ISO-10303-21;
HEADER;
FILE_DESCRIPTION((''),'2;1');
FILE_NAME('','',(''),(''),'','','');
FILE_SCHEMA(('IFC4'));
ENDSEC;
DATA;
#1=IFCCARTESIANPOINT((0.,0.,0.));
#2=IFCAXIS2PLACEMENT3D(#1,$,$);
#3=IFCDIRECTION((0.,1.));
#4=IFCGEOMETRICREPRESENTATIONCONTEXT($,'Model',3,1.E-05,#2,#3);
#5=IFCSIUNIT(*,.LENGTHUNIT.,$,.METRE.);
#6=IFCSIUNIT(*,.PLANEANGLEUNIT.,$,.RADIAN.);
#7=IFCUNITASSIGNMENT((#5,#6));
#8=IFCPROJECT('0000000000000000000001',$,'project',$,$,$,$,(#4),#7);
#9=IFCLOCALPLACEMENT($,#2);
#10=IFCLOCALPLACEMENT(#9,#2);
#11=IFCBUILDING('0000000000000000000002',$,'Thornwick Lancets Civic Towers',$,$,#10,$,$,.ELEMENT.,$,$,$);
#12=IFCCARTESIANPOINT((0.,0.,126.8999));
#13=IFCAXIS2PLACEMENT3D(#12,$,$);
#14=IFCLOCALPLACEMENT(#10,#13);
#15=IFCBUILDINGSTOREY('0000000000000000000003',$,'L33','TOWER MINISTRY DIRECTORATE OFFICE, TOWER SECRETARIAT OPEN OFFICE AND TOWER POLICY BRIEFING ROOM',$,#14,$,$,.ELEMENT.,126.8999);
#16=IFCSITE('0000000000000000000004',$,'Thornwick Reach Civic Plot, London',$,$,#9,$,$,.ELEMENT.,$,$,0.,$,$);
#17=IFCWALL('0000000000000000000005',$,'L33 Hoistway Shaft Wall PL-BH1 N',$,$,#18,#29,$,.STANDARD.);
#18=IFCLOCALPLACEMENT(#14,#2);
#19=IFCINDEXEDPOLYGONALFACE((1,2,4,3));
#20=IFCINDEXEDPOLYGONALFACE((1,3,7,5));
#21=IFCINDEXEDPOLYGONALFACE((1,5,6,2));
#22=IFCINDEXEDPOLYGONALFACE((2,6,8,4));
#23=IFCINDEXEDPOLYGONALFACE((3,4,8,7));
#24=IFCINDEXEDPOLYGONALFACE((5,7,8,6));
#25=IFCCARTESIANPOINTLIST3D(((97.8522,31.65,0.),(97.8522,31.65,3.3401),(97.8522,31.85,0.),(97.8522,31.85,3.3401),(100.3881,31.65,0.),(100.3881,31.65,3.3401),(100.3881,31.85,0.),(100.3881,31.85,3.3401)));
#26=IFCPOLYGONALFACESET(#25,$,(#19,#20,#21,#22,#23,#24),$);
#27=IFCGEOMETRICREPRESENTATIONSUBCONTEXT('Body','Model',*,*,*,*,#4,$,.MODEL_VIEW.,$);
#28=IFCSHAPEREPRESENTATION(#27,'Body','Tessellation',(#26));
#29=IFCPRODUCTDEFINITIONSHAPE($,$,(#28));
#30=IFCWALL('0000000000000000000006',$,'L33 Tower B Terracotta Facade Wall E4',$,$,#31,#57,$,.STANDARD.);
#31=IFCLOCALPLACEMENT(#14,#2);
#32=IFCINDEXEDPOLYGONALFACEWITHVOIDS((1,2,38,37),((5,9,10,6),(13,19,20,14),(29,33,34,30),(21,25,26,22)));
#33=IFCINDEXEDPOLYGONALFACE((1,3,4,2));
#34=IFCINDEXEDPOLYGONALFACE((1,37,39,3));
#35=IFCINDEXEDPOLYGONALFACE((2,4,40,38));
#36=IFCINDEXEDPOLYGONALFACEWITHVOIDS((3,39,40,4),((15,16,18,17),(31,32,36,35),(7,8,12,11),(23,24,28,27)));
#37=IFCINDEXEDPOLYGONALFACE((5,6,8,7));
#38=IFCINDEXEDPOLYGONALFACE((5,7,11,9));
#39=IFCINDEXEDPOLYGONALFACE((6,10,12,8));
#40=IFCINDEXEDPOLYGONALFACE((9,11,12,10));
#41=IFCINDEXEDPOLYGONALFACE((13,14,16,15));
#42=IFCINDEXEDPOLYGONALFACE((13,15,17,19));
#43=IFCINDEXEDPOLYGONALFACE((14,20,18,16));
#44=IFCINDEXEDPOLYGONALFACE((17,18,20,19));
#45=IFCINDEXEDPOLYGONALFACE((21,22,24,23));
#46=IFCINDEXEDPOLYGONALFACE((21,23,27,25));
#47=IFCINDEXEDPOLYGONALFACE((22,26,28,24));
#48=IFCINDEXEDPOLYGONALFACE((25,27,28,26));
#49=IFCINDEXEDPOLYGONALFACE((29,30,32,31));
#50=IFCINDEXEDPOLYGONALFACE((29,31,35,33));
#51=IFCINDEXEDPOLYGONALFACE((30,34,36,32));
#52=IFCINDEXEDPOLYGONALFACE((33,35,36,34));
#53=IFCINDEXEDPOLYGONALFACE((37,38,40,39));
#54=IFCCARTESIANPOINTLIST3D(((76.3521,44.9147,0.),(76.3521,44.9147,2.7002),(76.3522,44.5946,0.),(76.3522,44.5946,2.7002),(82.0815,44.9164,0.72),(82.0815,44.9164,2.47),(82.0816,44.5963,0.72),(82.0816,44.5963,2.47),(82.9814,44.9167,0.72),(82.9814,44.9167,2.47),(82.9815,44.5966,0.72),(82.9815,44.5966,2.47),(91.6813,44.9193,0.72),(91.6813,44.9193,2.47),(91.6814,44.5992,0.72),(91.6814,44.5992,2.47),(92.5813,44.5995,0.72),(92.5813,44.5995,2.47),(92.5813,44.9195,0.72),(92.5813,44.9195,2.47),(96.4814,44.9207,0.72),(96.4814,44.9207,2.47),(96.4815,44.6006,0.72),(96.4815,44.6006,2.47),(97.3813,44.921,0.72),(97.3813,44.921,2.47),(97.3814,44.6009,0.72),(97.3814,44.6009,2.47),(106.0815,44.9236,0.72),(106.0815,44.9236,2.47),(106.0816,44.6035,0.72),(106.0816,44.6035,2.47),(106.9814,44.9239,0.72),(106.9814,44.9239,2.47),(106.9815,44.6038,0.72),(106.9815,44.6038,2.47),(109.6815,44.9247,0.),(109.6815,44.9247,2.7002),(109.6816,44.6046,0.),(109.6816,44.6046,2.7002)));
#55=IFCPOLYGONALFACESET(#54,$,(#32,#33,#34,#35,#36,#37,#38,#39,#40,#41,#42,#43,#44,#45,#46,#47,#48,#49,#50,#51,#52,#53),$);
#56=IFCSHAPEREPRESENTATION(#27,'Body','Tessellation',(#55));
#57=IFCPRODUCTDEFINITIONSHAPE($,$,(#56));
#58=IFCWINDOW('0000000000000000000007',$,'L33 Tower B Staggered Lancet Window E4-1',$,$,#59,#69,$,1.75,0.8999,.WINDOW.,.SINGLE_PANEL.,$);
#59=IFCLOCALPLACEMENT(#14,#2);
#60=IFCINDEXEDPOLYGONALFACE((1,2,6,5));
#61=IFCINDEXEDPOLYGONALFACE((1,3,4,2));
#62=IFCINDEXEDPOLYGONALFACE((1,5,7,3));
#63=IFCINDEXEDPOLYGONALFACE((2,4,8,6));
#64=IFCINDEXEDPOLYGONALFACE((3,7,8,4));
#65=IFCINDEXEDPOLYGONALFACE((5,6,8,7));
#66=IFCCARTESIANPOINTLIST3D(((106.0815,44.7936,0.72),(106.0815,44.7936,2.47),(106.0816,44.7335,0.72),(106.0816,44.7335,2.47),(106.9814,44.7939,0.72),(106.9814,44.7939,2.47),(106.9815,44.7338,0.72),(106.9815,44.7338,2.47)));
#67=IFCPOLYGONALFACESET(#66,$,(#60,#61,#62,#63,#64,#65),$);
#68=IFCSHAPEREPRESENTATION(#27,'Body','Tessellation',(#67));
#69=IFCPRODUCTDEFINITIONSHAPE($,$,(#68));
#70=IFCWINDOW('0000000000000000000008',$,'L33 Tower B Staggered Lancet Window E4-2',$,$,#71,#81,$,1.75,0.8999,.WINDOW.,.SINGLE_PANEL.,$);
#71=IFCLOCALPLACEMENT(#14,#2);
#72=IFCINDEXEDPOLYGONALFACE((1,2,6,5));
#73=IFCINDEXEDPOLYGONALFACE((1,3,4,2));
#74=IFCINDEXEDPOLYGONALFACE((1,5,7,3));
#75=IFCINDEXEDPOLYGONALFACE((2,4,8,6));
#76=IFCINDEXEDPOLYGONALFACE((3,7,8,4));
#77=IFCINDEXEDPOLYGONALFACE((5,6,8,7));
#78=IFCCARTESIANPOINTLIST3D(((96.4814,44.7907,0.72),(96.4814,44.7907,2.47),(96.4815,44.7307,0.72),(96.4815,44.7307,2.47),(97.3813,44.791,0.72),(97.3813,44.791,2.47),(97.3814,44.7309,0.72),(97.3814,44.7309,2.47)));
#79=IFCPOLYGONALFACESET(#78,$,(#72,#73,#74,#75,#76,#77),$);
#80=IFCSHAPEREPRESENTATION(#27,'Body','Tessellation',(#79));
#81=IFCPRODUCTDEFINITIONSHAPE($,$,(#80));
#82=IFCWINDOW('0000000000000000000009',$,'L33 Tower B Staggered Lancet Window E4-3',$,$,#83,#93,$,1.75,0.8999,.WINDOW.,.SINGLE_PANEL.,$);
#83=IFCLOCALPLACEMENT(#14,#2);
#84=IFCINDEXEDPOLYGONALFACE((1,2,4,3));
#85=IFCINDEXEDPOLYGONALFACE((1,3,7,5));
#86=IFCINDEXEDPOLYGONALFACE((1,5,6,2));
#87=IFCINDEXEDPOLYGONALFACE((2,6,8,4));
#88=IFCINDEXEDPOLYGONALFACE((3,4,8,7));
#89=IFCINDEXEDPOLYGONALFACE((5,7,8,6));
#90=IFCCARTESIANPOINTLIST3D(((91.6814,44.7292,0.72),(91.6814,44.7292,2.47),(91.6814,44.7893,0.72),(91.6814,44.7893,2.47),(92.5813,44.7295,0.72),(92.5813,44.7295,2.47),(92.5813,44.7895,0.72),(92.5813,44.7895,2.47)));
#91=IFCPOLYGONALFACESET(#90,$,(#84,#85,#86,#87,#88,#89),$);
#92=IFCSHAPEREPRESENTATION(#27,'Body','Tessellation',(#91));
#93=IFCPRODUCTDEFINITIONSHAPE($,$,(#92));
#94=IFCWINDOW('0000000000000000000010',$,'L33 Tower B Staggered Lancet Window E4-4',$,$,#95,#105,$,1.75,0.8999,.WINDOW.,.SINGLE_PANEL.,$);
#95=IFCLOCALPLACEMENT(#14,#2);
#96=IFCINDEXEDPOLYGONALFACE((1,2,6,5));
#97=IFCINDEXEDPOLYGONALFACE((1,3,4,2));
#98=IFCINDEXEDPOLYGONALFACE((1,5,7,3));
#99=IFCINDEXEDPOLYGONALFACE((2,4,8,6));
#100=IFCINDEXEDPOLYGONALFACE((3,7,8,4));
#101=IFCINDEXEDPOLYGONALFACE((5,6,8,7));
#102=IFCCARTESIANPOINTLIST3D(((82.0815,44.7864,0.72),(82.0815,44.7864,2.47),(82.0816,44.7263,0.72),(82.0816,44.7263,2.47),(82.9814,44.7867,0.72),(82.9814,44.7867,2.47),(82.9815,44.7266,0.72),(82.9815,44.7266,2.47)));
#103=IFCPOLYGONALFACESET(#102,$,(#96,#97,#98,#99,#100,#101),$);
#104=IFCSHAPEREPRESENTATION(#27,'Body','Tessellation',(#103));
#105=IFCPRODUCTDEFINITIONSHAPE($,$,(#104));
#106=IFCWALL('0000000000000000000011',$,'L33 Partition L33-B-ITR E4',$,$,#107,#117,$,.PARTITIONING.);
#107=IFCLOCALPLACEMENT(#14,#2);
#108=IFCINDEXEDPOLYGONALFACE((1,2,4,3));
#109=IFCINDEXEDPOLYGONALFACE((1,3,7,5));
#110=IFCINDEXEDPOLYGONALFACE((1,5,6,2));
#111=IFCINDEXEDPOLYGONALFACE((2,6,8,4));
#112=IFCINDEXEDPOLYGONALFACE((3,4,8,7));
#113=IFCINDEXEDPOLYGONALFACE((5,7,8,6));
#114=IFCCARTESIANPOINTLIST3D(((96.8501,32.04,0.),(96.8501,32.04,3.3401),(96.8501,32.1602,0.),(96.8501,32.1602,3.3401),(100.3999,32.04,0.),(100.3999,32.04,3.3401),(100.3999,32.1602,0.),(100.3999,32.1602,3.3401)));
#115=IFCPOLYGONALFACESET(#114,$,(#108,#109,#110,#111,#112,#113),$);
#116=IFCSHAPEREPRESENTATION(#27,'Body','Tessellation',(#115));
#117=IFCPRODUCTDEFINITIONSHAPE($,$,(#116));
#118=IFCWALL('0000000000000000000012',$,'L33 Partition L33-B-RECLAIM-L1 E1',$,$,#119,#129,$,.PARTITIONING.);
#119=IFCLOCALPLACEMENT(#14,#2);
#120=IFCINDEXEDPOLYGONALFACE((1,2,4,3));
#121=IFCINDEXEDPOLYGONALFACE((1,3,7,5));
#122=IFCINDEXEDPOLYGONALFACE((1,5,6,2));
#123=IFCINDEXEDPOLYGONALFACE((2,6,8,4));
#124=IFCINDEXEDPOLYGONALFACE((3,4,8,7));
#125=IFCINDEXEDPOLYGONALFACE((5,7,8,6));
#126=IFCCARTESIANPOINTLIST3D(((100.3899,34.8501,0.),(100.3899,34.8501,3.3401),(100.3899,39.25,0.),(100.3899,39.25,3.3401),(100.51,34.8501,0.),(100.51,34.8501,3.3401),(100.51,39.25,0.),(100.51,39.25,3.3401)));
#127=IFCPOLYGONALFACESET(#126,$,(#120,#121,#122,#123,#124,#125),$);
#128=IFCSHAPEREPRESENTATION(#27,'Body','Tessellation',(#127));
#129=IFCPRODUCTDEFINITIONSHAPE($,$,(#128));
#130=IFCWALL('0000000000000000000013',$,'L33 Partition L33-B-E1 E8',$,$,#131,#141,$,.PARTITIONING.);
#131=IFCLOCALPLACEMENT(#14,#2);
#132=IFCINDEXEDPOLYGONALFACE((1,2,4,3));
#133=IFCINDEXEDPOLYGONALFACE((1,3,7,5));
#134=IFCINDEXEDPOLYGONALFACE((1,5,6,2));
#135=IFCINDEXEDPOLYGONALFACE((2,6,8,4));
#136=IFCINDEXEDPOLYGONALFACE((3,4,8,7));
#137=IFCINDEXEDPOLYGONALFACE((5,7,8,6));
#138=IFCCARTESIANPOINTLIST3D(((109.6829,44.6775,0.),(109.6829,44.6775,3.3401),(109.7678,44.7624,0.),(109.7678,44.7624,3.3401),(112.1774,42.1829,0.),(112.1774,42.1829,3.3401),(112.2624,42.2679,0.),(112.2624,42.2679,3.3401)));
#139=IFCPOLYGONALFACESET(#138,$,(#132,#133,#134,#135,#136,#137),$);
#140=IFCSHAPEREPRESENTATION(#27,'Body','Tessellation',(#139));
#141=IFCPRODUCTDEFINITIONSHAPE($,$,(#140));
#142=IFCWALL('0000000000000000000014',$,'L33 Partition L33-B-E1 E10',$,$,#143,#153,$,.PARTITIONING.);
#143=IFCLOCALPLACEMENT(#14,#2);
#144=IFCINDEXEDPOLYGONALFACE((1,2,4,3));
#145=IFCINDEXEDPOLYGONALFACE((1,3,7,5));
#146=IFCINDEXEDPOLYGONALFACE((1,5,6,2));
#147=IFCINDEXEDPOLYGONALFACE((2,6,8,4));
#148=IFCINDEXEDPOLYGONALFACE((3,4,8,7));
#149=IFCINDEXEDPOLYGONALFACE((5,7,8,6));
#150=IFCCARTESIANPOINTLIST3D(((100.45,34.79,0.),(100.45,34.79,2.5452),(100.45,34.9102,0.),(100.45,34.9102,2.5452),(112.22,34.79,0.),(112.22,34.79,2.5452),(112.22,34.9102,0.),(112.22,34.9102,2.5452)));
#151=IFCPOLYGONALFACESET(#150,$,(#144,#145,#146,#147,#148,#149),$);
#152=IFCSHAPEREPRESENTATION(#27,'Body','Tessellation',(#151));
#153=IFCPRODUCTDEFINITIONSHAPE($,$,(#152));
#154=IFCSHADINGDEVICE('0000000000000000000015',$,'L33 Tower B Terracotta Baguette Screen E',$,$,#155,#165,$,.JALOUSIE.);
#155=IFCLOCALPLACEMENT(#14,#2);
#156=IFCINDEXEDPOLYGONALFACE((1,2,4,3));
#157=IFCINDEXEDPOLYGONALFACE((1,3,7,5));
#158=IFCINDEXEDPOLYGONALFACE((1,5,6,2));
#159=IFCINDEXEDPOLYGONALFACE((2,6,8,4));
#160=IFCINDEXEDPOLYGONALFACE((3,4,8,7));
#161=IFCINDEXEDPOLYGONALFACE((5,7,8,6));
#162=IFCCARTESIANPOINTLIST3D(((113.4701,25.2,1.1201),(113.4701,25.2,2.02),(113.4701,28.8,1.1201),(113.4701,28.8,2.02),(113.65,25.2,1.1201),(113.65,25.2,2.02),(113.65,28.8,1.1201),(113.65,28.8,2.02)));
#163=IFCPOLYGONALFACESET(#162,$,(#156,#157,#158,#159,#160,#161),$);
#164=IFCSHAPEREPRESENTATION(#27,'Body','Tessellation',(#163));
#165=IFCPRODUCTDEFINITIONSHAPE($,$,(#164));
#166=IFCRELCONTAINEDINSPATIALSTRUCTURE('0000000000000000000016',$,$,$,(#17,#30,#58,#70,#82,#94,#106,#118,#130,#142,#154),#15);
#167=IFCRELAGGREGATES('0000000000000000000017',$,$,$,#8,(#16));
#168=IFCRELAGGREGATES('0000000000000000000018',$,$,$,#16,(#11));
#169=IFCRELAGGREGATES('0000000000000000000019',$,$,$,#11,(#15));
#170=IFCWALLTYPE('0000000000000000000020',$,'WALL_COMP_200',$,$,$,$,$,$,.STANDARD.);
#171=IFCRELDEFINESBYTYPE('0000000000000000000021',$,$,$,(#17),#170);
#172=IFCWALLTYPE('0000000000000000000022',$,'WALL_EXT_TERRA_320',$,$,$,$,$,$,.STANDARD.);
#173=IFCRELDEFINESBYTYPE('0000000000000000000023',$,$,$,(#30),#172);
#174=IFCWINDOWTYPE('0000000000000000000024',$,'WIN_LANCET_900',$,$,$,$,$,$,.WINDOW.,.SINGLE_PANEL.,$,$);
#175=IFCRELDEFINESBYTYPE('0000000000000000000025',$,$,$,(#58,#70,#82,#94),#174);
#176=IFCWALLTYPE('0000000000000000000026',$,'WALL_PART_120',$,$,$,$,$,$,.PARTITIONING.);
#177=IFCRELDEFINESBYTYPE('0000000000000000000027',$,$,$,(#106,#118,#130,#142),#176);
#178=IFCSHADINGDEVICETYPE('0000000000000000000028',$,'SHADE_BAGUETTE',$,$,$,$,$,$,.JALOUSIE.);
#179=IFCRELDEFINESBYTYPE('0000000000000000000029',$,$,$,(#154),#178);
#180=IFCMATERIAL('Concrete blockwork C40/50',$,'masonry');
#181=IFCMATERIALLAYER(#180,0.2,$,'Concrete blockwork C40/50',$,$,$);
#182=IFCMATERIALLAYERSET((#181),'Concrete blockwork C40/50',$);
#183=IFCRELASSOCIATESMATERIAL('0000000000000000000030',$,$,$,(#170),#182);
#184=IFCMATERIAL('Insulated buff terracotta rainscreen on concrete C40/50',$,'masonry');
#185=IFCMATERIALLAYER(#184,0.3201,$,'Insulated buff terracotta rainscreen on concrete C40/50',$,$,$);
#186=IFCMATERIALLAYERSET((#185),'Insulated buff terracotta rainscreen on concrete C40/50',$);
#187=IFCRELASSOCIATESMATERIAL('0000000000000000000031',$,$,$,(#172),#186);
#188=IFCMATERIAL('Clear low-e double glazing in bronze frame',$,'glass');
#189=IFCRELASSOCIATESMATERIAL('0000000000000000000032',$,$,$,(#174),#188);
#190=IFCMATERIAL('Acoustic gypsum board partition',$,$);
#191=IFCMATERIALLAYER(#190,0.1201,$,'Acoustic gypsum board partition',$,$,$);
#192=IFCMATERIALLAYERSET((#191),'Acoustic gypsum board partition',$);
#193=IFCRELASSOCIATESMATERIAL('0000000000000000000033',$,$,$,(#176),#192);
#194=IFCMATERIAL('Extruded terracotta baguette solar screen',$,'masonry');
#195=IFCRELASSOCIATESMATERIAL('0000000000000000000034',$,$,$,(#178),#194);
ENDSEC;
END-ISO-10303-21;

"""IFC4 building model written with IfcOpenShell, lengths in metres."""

from ifc_helpers import new_model, si_unit, direction, frame, frame_2d, origin, origin_2d, place, context, subcontext, project, spatial, rectangle, extrude, material, layer, layer_set, type_object, element, fill, save


model = new_model("IFC4")

# Units and contexts
model_context = context("Model", 3, precision=1e-05, world=origin(), true_north=direction((0.0, 1.0)))
body_context = subcontext(model_context, "Body", "Model", "MODEL_VIEW")
ifc_project = project(units=[si_unit("LENGTHUNIT", "METRE"), si_unit("PLANEANGLEUNIT", "RADIAN")], contexts=[model_context])

# Site, building, storey
site_placement = place(None, origin())
site = spatial("IfcSite", under=ifc_project, at=site_placement, Name="Thornwick Reach Civic Plot, London", CompositionType="ELEMENT", RefElevation=0.0)
building_placement = place(site_placement, origin())
building = spatial("IfcBuilding", under=site, at=building_placement, Name="Thornwick Lancets Civic Towers", CompositionType="ELEMENT")
storey_placement = place(building_placement, frame((0.0, 0.0, 126.8999)))
storey = spatial("IfcBuildingStorey", under=building, at=storey_placement, Name="L33", Description="TOWER MINISTRY DIRECTORATE OFFICE, TOWER SECRETARIAT OPEN OFFICE AND TOWER POLICY BRIEFING ROOM", CompositionType="ELEMENT", Elevation=126.8999)

# Shared definitions
ifc_material_1 = material(Name="Concrete blockwork C40/50", Category="masonry")
ifc_layer_1 = layer(ifc_material_1, 0.2, Name="Concrete blockwork C40/50")
ifc_layer_set_1 = layer_set([ifc_layer_1], Name="Concrete blockwork C40/50")
wall_type_1 = type_object("IfcWallType", Name="WALL_COMP_200", PredefinedType="STANDARD", material=ifc_layer_set_1)

# Wall
wall_1_placement = place(storey_placement, frame((97.8521, 31.75, 0.0), z_axis=(0.0, 0.0, 1.0), x_axis=(1.0, 0.0, 0.0)))
element("IfcWall", 1, at=wall_1_placement, inside=storey, type_object=wall_type_1, Name="L33 Hoistway Shaft Wall PL-BH1 N", PredefinedType="STANDARD", context=body_context, shape_type="SweptSolid", body=[
    extrude(rectangle(XDim=2.5359, YDim=0.2, at=frame_2d((1.2681, 0.0))), origin(), (0.0, 0.0, 1.0), 3.3401),
])

# Wall, openings, windows
ifc_material_2 = material(Name="Insulated buff terracotta rainscreen on concrete C40/50", Category="masonry")
ifc_layer_2 = layer(ifc_material_2, 0.3201, Name="Insulated buff terracotta rainscreen on concrete C40/50")
ifc_layer_set_2 = layer_set([ifc_layer_2], Name="Insulated buff terracotta rainscreen on concrete C40/50")
wall_type_2 = type_object("IfcWallType", Name="WALL_EXT_TERRA_320", PredefinedType="STANDARD", material=ifc_layer_set_2)
wall_2_placement = place(storey_placement, frame((109.6814, 44.7646, 0.0), z_axis=(0.0, 0.0, 1.0), x_axis=(-1.0, -0.0003, 0.0)))
wall_2 = element("IfcWall", 2, at=wall_2_placement, inside=storey, type_object=wall_type_2, Name="L33 Tower B Terracotta Facade Wall E4", PredefinedType="STANDARD", context=body_context, shape_type="SweptSolid", body=[
    extrude(rectangle(XDim=33.3293, YDim=0.3201, at=frame_2d((16.6646, 0.0))), origin(), (0.0, 0.0, 1.0), 2.7002),
])
opening_1_placement = place(wall_2_placement, frame((2.7, 0.0, 0.72)))
opening_1 = element("IfcOpeningElement", 3, at=opening_1_placement, cuts=wall_2, PredefinedType="OPENING", context=body_context, shape_type="SweptSolid", body=[
    extrude(rectangle(XDim=0.8999, YDim=1.75, at=frame_2d((0.45, 0.875))), frame((0.0, 0.1699, 0.0), z_axis=(0.0, -1.0, 0.0), x_axis=(1.0, 0.0, 0.0)), (0.0, 0.0, 1.0), 0.3401),
])
opening_2_placement = place(wall_2_placement, frame((12.3, 0.0, 0.72)))
opening_2 = element("IfcOpeningElement", 4, at=opening_2_placement, cuts=wall_2, PredefinedType="OPENING", context=body_context, shape_type="SweptSolid", body=[
    extrude(rectangle(XDim=0.8999, YDim=1.75, at=frame_2d((0.45, 0.875))), frame((0.0, 0.1699, 0.0), z_axis=(0.0, -1.0, 0.0), x_axis=(1.0, 0.0, 0.0)), (0.0, 0.0, 1.0), 0.3401),
])
opening_3_placement = place(wall_2_placement, frame((17.1001, 0.0, 0.72)))
opening_3 = element("IfcOpeningElement", 5, at=opening_3_placement, cuts=wall_2, PredefinedType="OPENING", context=body_context, shape_type="SweptSolid", body=[
    extrude(rectangle(XDim=0.8999, YDim=1.75, at=frame_2d((0.45, 0.875))), frame((0.0, 0.1699, 0.0), z_axis=(0.0, -1.0, 0.0), x_axis=(1.0, 0.0, 0.0)), (0.0, 0.0, 1.0), 0.3401),
])
opening_4_placement = place(wall_2_placement, frame((26.7, 0.0, 0.72)))
opening_4 = element("IfcOpeningElement", 6, at=opening_4_placement, cuts=wall_2, PredefinedType="OPENING", context=body_context, shape_type="SweptSolid", body=[
    extrude(rectangle(XDim=0.8999, YDim=1.75, at=frame_2d((0.45, 0.875))), frame((0.0, 0.1699, 0.0), z_axis=(0.0, -1.0, 0.0), x_axis=(1.0, 0.0, 0.0)), (0.0, 0.0, 1.0), 0.3401),
])
ifc_material_3 = material(Name="Clear low-e double glazing in bronze frame", Category="glass")
window_type = type_object("IfcWindowType", Name="WIN_LANCET_900", PartitioningType="SINGLE_PANEL", PredefinedType="WINDOW", material=ifc_material_3)
window_1_placement = place(opening_1_placement, origin())
window_1 = element("IfcWindow", 7, at=window_1_placement, inside=storey, type_object=window_type, Name="L33 Tower B Staggered Lancet Window E4-1", OverallHeight=1.75, OverallWidth=0.8999, PartitioningType="SINGLE_PANEL", PredefinedType="WINDOW", context=body_context, shape_type="SweptSolid", body=[
    extrude(rectangle(XDim=0.8999, YDim=1.75, at=frame_2d((0.45, 0.875))), frame((0.0, 0.03, 0.0), z_axis=(0.0, -1.0, 0.0), x_axis=(1.0, 0.0, 0.0)), (0.0, 0.0, 1.0), 0.0601),
])
fill(opening_1, window_1)
window_2_placement = place(opening_2_placement, origin())
window_2 = element("IfcWindow", 8, at=window_2_placement, inside=storey, type_object=window_type, Name="L33 Tower B Staggered Lancet Window E4-2", OverallHeight=1.75, OverallWidth=0.8999, PartitioningType="SINGLE_PANEL", PredefinedType="WINDOW", context=body_context, shape_type="SweptSolid", body=[
    extrude(rectangle(XDim=0.8999, YDim=1.75, at=frame_2d((0.45, 0.875))), frame((0.0, 0.03, 0.0), z_axis=(0.0, -1.0, 0.0), x_axis=(1.0, 0.0, 0.0)), (0.0, 0.0, 1.0), 0.0601),
])
fill(opening_2, window_2)
window_3_placement = place(opening_3_placement, origin())
window_3 = element("IfcWindow", 9, at=window_3_placement, inside=storey, type_object=window_type, Name="L33 Tower B Staggered Lancet Window E4-3", OverallHeight=1.75, OverallWidth=0.8999, PartitioningType="SINGLE_PANEL", PredefinedType="WINDOW", context=body_context, shape_type="SweptSolid", body=[
    extrude(rectangle(XDim=0.8999, YDim=1.75, at=frame_2d((0.45, 0.875))), frame((0.0, 0.03, 0.0), z_axis=(0.0, -1.0, 0.0), x_axis=(1.0, 0.0, 0.0)), (0.0, 0.0, 1.0), 0.0601),
])
fill(opening_3, window_3)
window_4_placement = place(opening_4_placement, origin())
window_4 = element("IfcWindow", 10, at=window_4_placement, inside=storey, type_object=window_type, Name="L33 Tower B Staggered Lancet Window E4-4", OverallHeight=1.75, OverallWidth=0.8999, PartitioningType="SINGLE_PANEL", PredefinedType="WINDOW", context=body_context, shape_type="SweptSolid", body=[
    extrude(rectangle(XDim=0.8999, YDim=1.75, at=frame_2d((0.45, 0.875))), frame((0.0, 0.03, 0.0), z_axis=(0.0, -1.0, 0.0), x_axis=(1.0, 0.0, 0.0)), (0.0, 0.0, 1.0), 0.0601),
])
fill(opening_4, window_4)

# Walls
ifc_material_4 = material(Name="Acoustic gypsum board partition")
ifc_layer_3 = layer(ifc_material_4, 0.1201, Name="Acoustic gypsum board partition")
ifc_layer_set_3 = layer_set([ifc_layer_3], Name="Acoustic gypsum board partition")
wall_type_3 = type_object("IfcWallType", Name="WALL_PART_120", PredefinedType="PARTITIONING", material=ifc_layer_set_3)
wall_3_placement = place(storey_placement, frame((100.3999, 32.1001, 0.0), z_axis=(0.0, 0.0, 1.0), x_axis=(-1.0, 0.0, 0.0)))
element("IfcWall", 11, at=wall_3_placement, inside=storey, type_object=wall_type_3, Name="L33 Partition L33-B-ITR E4", PredefinedType="PARTITIONING", context=body_context, shape_type="SweptSolid", body=[
    extrude(rectangle(XDim=3.5498, YDim=0.1201, at=frame_2d((1.7749, 0.0))), origin(), (0.0, 0.0, 1.0), 3.3401),
])
wall_4_placement = place(storey_placement, frame((100.45, 39.25, 0.0), z_axis=(0.0, 0.0, 1.0), x_axis=(0.0, -1.0, 0.0)))
element("IfcWall", 12, at=wall_4_placement, inside=storey, type_object=wall_type_3, Name="L33 Partition L33-B-RECLAIM-L1 E1", PredefinedType="PARTITIONING", context=body_context, shape_type="SweptSolid", body=[
    extrude(rectangle(XDim=4.3999, YDim=0.1201, at=frame_2d((2.2, 0.0))), origin(), (0.0, 0.0, 1.0), 3.3401),
])
wall_5_placement = place(storey_placement, frame((109.7253, 44.72, 0.0), z_axis=(0.0, 0.0, 1.0), x_axis=(0.707107, -0.707107, 0.0)))
element("IfcWall", 13, at=wall_5_placement, inside=storey, type_object=wall_type_3, Name="L33 Partition L33-B-E1 E8", PredefinedType="PARTITIONING", context=body_context, shape_type="SweptSolid", body=[
    extrude(rectangle(XDim=3.5278, YDim=0.1201, at=frame_2d((1.7639, 0.0))), origin(), (0.0, 0.0, 1.0), 3.3401),
])
wall_6_placement = place(storey_placement, frame((112.22, 34.8501, 0.0), z_axis=(0.0, 0.0, 1.0), x_axis=(-1.0, 0.0, 0.0)))
element("IfcWall", 14, at=wall_6_placement, inside=storey, type_object=wall_type_3, Name="L33 Partition L33-B-E1 E10", PredefinedType="PARTITIONING", context=body_context, shape_type="SweptSolid", body=[
    extrude(rectangle(XDim=11.77, YDim=0.1201, at=frame_2d((5.885, 0.0))), origin(), (0.0, 0.0, 1.0), 2.5452),
])

# Shading device
ifc_material_5 = material(Name="Extruded terracotta baguette solar screen", Category="masonry")
shading_device_type = type_object("IfcShadingDeviceType", Name="SHADE_BAGUETTE", PredefinedType="JALOUSIE", material=ifc_material_5)
shading_device_placement = place(storey_placement, frame((113.5601, 27.0, 1.1201), z_axis=(0.0, 0.0, 1.0), x_axis=(0.0, 1.0, 0.0)))
element("IfcShadingDevice", 15, at=shading_device_placement, inside=storey, type_object=shading_device_type, Name="L33 Tower B Terracotta Baguette Screen E", PredefinedType="JALOUSIE", context=body_context, shape_type="SweptSolid", body=[
    extrude(rectangle(XDim=3.6001, YDim=0.1799, at=origin_2d()), origin(), (0.0, 0.0, 1.0), 0.8999),
])

save(model, "model.ifc")
